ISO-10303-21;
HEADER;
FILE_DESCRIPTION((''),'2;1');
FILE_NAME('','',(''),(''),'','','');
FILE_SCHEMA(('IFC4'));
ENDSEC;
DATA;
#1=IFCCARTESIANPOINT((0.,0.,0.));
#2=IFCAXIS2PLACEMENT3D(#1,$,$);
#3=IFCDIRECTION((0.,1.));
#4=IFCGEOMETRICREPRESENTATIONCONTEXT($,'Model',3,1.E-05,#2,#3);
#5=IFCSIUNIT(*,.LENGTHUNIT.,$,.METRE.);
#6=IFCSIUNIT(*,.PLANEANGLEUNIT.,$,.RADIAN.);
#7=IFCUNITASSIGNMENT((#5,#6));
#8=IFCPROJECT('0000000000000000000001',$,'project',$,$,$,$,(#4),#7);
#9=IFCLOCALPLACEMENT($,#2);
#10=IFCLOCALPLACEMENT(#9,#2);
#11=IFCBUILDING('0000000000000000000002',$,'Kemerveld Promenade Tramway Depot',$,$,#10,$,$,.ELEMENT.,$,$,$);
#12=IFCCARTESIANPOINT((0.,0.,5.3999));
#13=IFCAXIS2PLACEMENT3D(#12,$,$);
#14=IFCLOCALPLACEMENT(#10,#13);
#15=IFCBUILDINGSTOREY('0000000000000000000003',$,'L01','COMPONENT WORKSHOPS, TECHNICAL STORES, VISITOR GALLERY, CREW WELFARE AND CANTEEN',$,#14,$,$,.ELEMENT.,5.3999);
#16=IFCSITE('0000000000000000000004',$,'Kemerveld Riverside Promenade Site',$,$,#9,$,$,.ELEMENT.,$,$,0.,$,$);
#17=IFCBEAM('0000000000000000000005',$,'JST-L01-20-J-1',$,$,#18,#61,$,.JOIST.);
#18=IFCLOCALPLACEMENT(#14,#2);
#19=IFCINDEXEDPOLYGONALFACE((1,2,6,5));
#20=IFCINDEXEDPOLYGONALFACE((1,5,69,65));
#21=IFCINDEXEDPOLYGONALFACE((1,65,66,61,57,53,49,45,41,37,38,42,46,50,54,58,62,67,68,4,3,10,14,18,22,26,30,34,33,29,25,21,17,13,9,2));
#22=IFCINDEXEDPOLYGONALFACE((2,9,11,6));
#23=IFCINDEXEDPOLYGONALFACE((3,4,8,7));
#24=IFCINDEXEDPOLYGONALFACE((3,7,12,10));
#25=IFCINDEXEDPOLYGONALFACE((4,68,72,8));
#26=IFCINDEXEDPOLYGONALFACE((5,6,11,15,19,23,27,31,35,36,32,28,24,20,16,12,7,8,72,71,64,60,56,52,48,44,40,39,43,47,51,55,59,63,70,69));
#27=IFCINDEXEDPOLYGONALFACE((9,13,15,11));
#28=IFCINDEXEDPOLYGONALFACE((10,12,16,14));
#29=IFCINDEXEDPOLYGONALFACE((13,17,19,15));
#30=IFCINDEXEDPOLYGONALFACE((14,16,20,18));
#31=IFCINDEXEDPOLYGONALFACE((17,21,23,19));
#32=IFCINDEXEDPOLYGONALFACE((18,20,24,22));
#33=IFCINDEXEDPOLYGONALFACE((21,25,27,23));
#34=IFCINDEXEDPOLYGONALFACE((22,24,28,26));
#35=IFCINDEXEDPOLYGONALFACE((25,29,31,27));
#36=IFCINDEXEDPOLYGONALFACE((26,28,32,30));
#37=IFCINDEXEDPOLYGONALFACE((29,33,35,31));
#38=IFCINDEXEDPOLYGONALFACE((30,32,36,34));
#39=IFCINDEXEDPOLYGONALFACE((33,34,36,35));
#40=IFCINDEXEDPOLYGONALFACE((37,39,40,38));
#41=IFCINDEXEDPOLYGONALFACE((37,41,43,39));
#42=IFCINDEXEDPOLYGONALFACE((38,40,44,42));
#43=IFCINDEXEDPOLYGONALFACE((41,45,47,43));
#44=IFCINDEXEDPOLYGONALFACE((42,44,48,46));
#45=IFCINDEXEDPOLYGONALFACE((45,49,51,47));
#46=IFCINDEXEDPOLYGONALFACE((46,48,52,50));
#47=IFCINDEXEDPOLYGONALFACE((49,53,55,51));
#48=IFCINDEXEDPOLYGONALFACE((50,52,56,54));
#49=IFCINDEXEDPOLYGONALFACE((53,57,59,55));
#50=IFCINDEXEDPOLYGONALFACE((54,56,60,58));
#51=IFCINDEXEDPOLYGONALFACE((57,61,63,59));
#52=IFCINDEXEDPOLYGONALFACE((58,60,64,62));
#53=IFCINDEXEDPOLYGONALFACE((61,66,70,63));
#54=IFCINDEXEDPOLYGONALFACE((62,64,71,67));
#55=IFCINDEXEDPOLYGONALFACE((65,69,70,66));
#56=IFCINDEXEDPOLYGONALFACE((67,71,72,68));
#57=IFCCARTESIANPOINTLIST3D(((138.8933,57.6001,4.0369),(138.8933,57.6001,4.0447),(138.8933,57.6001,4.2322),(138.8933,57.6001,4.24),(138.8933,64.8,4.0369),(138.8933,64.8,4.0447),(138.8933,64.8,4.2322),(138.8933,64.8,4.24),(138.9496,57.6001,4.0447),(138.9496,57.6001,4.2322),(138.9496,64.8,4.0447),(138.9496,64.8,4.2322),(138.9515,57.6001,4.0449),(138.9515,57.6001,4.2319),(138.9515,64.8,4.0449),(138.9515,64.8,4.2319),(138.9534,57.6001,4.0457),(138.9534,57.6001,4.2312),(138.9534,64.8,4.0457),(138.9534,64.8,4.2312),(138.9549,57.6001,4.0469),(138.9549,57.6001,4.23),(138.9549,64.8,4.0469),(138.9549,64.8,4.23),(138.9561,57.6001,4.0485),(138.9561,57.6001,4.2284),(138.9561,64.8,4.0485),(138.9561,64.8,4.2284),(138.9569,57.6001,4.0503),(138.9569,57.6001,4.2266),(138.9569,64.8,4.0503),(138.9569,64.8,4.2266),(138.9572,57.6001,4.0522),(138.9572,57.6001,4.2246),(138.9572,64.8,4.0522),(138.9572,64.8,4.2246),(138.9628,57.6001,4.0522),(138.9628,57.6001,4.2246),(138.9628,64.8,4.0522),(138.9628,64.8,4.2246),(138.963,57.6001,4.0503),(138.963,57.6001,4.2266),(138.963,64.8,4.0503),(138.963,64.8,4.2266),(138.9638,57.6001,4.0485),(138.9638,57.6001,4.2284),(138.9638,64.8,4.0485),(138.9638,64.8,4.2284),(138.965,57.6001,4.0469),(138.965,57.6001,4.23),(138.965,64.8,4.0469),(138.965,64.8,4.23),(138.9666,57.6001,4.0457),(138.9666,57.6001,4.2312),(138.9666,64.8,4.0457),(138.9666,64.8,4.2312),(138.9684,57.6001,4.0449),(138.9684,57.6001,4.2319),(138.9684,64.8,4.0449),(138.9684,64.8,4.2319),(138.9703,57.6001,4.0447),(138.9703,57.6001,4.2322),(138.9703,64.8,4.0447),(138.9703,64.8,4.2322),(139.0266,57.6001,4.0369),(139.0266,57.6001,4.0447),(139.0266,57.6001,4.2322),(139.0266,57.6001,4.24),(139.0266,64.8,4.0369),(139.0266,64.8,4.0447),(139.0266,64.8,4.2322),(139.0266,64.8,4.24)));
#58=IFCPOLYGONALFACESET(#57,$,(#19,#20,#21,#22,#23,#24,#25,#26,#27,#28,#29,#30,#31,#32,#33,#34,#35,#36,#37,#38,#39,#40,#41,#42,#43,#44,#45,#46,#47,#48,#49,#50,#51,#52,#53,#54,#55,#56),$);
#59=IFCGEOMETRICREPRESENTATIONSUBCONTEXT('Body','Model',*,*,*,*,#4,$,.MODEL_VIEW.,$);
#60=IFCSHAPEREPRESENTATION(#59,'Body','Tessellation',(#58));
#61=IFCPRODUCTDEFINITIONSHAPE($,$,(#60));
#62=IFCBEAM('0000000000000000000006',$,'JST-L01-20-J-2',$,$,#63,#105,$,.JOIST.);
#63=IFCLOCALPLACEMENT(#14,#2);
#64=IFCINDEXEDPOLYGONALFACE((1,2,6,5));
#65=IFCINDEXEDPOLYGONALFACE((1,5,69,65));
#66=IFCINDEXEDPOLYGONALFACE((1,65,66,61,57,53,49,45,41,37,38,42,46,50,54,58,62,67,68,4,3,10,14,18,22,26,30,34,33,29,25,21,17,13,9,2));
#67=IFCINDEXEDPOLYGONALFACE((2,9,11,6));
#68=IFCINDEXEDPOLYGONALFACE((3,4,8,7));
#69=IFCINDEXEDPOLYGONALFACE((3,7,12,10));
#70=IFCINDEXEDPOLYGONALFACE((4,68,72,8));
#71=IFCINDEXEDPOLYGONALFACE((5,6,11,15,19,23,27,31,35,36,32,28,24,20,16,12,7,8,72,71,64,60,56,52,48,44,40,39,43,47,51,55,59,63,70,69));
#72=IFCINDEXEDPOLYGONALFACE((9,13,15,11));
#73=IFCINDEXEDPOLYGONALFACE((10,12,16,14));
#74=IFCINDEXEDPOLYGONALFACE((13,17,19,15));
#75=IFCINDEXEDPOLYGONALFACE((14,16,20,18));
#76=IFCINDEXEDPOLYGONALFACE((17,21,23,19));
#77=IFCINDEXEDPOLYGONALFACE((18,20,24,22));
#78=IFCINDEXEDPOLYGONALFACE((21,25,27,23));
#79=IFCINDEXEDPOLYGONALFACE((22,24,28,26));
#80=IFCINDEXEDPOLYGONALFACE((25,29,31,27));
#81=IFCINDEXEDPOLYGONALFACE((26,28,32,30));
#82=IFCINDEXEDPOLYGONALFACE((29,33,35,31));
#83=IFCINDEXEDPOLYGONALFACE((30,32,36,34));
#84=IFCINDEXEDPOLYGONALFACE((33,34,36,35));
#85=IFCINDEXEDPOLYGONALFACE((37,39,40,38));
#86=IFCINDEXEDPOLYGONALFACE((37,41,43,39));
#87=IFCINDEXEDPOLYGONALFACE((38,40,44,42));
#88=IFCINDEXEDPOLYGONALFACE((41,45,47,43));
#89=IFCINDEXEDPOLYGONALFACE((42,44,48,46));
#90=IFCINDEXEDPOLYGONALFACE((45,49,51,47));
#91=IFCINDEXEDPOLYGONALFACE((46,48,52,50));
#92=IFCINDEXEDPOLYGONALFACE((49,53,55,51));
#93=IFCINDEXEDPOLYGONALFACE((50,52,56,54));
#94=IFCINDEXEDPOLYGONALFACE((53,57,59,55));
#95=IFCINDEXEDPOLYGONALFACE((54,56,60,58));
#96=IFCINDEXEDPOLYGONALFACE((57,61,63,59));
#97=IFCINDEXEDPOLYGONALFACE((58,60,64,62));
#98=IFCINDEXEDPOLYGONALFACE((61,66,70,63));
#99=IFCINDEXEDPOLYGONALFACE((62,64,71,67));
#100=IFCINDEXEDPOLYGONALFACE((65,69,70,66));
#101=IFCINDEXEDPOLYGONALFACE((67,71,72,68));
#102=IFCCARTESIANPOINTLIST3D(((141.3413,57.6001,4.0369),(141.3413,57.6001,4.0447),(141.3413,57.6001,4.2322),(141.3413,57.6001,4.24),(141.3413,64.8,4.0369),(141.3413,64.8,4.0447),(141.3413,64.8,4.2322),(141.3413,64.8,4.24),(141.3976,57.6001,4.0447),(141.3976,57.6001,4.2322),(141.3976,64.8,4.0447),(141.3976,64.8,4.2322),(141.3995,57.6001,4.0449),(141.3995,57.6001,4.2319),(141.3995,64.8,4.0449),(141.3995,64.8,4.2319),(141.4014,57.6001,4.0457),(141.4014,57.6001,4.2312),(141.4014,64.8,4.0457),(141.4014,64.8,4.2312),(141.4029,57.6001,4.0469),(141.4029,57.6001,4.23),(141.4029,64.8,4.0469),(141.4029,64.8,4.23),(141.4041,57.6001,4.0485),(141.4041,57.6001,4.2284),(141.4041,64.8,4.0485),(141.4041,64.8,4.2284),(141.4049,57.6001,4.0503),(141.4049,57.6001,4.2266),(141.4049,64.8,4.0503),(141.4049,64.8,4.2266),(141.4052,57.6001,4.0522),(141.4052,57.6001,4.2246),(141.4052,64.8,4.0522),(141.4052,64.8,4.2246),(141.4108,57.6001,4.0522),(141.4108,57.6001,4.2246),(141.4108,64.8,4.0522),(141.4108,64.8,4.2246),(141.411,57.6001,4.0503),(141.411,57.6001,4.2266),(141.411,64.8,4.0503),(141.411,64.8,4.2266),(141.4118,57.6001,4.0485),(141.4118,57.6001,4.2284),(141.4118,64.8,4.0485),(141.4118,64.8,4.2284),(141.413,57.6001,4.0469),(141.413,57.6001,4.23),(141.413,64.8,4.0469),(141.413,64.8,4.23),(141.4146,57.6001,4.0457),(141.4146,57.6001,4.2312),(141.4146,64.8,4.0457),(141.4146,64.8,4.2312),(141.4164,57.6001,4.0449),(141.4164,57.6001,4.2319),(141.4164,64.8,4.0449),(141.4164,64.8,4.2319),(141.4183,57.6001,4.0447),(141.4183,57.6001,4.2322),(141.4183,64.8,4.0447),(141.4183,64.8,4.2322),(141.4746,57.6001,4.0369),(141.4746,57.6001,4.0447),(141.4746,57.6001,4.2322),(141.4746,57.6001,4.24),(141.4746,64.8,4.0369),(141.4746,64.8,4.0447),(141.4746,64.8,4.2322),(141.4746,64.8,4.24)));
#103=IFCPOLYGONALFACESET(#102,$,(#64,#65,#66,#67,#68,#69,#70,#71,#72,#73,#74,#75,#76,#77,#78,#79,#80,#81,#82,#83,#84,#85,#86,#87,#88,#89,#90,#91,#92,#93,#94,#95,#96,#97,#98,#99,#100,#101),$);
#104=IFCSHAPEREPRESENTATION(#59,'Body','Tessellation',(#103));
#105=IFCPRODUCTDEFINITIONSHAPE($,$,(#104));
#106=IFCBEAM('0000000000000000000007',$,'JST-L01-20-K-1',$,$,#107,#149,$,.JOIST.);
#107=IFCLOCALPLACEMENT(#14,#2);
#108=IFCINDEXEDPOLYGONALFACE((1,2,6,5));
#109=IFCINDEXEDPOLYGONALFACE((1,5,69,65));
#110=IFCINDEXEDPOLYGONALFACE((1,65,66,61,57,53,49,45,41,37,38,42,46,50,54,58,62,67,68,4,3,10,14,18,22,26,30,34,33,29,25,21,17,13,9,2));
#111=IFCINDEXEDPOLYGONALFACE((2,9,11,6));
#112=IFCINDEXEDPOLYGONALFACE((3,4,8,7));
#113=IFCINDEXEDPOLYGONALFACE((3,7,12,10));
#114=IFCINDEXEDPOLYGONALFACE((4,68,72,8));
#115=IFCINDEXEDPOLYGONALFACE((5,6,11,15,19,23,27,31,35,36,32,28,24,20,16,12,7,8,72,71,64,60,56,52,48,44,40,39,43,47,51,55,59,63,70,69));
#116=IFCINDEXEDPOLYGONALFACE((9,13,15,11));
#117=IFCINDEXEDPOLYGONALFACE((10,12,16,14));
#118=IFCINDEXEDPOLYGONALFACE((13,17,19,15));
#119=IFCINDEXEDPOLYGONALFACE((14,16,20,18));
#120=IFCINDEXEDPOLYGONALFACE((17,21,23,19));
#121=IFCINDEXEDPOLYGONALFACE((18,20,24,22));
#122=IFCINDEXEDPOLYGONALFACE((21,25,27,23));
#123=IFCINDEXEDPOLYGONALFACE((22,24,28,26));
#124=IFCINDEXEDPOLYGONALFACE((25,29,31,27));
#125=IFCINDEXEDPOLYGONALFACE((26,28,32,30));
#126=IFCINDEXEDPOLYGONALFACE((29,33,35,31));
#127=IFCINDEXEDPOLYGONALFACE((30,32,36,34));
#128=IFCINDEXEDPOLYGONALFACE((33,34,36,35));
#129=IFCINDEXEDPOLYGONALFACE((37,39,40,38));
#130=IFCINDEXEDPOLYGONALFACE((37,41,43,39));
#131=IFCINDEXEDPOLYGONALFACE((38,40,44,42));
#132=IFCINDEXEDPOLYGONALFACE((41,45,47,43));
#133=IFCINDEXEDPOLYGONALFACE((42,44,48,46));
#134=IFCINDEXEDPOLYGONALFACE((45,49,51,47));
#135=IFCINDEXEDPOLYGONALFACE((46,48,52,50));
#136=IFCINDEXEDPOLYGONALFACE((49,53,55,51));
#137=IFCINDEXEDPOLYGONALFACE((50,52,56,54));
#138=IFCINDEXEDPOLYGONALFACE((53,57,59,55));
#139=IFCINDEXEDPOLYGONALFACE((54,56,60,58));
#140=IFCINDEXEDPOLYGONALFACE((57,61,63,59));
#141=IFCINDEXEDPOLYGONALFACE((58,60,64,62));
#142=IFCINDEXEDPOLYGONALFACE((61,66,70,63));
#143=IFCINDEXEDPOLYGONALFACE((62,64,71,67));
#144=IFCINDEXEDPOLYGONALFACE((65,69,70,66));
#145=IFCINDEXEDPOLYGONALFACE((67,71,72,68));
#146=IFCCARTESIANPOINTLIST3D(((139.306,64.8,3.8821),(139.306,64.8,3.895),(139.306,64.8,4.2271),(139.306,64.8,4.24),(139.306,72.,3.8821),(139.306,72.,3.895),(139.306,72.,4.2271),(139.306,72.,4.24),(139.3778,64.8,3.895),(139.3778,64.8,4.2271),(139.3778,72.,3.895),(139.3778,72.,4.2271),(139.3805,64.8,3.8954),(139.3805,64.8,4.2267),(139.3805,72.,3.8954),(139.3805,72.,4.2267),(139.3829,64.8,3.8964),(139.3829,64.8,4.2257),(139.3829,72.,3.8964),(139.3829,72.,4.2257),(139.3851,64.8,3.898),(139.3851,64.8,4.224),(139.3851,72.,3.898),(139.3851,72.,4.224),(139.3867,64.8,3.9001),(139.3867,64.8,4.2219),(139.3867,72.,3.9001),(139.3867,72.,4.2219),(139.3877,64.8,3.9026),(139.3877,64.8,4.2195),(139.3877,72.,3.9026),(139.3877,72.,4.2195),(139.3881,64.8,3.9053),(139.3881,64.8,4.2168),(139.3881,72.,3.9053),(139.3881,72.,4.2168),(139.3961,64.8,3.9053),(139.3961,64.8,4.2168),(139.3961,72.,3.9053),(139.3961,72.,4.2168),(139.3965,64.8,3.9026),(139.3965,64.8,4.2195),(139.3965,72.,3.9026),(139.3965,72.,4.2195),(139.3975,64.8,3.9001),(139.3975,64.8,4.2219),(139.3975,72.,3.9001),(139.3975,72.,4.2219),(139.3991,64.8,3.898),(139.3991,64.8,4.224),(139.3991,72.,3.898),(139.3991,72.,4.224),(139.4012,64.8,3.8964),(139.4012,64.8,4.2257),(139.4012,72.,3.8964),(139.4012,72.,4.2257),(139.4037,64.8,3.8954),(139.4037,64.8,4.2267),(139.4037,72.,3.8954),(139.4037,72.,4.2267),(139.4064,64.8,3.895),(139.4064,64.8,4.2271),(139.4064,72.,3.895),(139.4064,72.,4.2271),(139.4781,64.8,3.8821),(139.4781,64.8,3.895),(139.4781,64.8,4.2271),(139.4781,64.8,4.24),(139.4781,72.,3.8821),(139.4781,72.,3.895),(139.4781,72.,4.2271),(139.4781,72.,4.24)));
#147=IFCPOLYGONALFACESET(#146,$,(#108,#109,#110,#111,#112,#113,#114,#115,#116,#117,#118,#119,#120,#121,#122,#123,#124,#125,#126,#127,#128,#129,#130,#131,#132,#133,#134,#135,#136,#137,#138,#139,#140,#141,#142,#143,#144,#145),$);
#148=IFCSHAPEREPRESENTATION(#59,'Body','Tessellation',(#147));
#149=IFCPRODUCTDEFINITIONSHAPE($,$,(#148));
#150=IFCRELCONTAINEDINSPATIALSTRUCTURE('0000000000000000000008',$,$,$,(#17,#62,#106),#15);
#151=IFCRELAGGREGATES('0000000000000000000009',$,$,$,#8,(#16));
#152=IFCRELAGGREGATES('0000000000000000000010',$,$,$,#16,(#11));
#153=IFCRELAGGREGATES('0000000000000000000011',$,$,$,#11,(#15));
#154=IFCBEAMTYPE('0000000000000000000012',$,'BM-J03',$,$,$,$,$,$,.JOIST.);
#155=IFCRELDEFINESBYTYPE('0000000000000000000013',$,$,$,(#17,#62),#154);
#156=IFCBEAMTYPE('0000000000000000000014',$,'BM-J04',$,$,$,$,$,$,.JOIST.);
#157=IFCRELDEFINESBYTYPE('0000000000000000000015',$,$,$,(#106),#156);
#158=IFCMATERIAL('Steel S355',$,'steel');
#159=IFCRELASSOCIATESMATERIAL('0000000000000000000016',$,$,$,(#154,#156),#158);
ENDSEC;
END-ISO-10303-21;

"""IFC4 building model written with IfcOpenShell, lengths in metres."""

from ifc_helpers import new_model, si_unit, direction, frame, origin, origin_2d, place, context, subcontext, project, spatial, i_section, extrude, material, material_profile, profile_set, type_object, element, save


model = new_model("IFC4")

# Units and contexts
model_context = context("Model", 3, precision=1e-05, world=origin(), true_north=direction((0.0, 1.0)))
body_context = subcontext(model_context, "Body", "Model", "MODEL_VIEW")
ifc_project = project(units=[si_unit("LENGTHUNIT", "METRE"), si_unit("PLANEANGLEUNIT", "RADIAN")], contexts=[model_context])

# Site, building, storey
site_placement = place(None, origin())
site = spatial("IfcSite", under=ifc_project, at=site_placement, Name="Kemerveld Riverside Promenade Site", CompositionType="ELEMENT", RefElevation=0.0)
building_placement = place(site_placement, origin())
building = spatial("IfcBuilding", under=site, at=building_placement, Name="Kemerveld Promenade Tramway Depot", CompositionType="ELEMENT")
storey_placement = place(building_placement, frame((0.0, 0.0, 5.3999)))
storey = spatial("IfcBuildingStorey", under=building, at=storey_placement, Name="L01", Description="COMPONENT WORKSHOPS, TECHNICAL STORES, VISITOR GALLERY, CREW WELFARE AND CANTEEN", CompositionType="ELEMENT", Elevation=5.3999)

# Beams
ifc_material_1 = material(Name="Steel S355", Category="steel")
ifc_material_profile_1 = material_profile(ifc_material_1, i_section(OverallWidth=0.1333, OverallDepth=0.2031, WebThickness=0.0056, FlangeThickness=0.0078, FilletRadius=0.0076, at=origin_2d()), Name="203x133x25 UB")
ifc_profile_set_1 = profile_set([ifc_material_profile_1], Name="Steel S355")
beam_type_1 = type_object("IfcBeamType", Name="BM-J03", PredefinedType="JOIST", material=ifc_profile_set_1)
for number, where, z_axis, x_axis, name in (
    (1, (138.96, 57.6001, 4.1384), (0.0, 1.0, 0.0), (-1.0, 0.0, 0.0), "JST-L01-20-J-1"),
    (2, (141.408, 57.6001, 4.1384), (0.0, 1.0, 0.0), (-1.0, 0.0, 0.0), "JST-L01-20-J-2"),
):
    element("IfcBeam", number, at=place(storey_placement, frame(where, z_axis=z_axis, x_axis=x_axis)), inside=storey, type_object=beam_type_1, Name=name, PredefinedType="JOIST", context=body_context, shape_type="SweptSolid", body=[
        extrude(i_section(OverallWidth=0.1333, OverallDepth=0.2031, WebThickness=0.0056, FlangeThickness=0.0078, FilletRadius=0.0076, at=origin_2d()), origin(), (0.0, 0.0, 1.0), 7.2),
    ])
ifc_material_profile_2 = material_profile(ifc_material_1, i_section(OverallWidth=0.1721, OverallDepth=0.3579, WebThickness=0.0081, FlangeThickness=0.0129, FilletRadius=0.0103, at=origin_2d()), Name="356x171x57 UB")
ifc_profile_set_2 = profile_set([ifc_material_profile_2], Name="Steel S355")
beam_type_2 = type_object("IfcBeamType", Name="BM-J04", PredefinedType="JOIST", material=ifc_profile_set_2)
beam_1_placement = place(storey_placement, frame((139.3921, 64.8, 4.061), z_axis=(0.0, 1.0, 0.0), x_axis=(-1.0, 0.0, 0.0)))
element("IfcBeam", 3, at=beam_1_placement, inside=storey, type_object=beam_type_2, Name="JST-L01-20-K-1", PredefinedType="JOIST", context=body_context, shape_type="SweptSolid", body=[
    extrude(i_section(OverallWidth=0.1721, OverallDepth=0.3579, WebThickness=0.0081, FlangeThickness=0.0129, FilletRadius=0.0103, at=origin_2d()), origin(), (0.0, 0.0, 1.0), 7.2),
])

save(model, "model.ifc")
